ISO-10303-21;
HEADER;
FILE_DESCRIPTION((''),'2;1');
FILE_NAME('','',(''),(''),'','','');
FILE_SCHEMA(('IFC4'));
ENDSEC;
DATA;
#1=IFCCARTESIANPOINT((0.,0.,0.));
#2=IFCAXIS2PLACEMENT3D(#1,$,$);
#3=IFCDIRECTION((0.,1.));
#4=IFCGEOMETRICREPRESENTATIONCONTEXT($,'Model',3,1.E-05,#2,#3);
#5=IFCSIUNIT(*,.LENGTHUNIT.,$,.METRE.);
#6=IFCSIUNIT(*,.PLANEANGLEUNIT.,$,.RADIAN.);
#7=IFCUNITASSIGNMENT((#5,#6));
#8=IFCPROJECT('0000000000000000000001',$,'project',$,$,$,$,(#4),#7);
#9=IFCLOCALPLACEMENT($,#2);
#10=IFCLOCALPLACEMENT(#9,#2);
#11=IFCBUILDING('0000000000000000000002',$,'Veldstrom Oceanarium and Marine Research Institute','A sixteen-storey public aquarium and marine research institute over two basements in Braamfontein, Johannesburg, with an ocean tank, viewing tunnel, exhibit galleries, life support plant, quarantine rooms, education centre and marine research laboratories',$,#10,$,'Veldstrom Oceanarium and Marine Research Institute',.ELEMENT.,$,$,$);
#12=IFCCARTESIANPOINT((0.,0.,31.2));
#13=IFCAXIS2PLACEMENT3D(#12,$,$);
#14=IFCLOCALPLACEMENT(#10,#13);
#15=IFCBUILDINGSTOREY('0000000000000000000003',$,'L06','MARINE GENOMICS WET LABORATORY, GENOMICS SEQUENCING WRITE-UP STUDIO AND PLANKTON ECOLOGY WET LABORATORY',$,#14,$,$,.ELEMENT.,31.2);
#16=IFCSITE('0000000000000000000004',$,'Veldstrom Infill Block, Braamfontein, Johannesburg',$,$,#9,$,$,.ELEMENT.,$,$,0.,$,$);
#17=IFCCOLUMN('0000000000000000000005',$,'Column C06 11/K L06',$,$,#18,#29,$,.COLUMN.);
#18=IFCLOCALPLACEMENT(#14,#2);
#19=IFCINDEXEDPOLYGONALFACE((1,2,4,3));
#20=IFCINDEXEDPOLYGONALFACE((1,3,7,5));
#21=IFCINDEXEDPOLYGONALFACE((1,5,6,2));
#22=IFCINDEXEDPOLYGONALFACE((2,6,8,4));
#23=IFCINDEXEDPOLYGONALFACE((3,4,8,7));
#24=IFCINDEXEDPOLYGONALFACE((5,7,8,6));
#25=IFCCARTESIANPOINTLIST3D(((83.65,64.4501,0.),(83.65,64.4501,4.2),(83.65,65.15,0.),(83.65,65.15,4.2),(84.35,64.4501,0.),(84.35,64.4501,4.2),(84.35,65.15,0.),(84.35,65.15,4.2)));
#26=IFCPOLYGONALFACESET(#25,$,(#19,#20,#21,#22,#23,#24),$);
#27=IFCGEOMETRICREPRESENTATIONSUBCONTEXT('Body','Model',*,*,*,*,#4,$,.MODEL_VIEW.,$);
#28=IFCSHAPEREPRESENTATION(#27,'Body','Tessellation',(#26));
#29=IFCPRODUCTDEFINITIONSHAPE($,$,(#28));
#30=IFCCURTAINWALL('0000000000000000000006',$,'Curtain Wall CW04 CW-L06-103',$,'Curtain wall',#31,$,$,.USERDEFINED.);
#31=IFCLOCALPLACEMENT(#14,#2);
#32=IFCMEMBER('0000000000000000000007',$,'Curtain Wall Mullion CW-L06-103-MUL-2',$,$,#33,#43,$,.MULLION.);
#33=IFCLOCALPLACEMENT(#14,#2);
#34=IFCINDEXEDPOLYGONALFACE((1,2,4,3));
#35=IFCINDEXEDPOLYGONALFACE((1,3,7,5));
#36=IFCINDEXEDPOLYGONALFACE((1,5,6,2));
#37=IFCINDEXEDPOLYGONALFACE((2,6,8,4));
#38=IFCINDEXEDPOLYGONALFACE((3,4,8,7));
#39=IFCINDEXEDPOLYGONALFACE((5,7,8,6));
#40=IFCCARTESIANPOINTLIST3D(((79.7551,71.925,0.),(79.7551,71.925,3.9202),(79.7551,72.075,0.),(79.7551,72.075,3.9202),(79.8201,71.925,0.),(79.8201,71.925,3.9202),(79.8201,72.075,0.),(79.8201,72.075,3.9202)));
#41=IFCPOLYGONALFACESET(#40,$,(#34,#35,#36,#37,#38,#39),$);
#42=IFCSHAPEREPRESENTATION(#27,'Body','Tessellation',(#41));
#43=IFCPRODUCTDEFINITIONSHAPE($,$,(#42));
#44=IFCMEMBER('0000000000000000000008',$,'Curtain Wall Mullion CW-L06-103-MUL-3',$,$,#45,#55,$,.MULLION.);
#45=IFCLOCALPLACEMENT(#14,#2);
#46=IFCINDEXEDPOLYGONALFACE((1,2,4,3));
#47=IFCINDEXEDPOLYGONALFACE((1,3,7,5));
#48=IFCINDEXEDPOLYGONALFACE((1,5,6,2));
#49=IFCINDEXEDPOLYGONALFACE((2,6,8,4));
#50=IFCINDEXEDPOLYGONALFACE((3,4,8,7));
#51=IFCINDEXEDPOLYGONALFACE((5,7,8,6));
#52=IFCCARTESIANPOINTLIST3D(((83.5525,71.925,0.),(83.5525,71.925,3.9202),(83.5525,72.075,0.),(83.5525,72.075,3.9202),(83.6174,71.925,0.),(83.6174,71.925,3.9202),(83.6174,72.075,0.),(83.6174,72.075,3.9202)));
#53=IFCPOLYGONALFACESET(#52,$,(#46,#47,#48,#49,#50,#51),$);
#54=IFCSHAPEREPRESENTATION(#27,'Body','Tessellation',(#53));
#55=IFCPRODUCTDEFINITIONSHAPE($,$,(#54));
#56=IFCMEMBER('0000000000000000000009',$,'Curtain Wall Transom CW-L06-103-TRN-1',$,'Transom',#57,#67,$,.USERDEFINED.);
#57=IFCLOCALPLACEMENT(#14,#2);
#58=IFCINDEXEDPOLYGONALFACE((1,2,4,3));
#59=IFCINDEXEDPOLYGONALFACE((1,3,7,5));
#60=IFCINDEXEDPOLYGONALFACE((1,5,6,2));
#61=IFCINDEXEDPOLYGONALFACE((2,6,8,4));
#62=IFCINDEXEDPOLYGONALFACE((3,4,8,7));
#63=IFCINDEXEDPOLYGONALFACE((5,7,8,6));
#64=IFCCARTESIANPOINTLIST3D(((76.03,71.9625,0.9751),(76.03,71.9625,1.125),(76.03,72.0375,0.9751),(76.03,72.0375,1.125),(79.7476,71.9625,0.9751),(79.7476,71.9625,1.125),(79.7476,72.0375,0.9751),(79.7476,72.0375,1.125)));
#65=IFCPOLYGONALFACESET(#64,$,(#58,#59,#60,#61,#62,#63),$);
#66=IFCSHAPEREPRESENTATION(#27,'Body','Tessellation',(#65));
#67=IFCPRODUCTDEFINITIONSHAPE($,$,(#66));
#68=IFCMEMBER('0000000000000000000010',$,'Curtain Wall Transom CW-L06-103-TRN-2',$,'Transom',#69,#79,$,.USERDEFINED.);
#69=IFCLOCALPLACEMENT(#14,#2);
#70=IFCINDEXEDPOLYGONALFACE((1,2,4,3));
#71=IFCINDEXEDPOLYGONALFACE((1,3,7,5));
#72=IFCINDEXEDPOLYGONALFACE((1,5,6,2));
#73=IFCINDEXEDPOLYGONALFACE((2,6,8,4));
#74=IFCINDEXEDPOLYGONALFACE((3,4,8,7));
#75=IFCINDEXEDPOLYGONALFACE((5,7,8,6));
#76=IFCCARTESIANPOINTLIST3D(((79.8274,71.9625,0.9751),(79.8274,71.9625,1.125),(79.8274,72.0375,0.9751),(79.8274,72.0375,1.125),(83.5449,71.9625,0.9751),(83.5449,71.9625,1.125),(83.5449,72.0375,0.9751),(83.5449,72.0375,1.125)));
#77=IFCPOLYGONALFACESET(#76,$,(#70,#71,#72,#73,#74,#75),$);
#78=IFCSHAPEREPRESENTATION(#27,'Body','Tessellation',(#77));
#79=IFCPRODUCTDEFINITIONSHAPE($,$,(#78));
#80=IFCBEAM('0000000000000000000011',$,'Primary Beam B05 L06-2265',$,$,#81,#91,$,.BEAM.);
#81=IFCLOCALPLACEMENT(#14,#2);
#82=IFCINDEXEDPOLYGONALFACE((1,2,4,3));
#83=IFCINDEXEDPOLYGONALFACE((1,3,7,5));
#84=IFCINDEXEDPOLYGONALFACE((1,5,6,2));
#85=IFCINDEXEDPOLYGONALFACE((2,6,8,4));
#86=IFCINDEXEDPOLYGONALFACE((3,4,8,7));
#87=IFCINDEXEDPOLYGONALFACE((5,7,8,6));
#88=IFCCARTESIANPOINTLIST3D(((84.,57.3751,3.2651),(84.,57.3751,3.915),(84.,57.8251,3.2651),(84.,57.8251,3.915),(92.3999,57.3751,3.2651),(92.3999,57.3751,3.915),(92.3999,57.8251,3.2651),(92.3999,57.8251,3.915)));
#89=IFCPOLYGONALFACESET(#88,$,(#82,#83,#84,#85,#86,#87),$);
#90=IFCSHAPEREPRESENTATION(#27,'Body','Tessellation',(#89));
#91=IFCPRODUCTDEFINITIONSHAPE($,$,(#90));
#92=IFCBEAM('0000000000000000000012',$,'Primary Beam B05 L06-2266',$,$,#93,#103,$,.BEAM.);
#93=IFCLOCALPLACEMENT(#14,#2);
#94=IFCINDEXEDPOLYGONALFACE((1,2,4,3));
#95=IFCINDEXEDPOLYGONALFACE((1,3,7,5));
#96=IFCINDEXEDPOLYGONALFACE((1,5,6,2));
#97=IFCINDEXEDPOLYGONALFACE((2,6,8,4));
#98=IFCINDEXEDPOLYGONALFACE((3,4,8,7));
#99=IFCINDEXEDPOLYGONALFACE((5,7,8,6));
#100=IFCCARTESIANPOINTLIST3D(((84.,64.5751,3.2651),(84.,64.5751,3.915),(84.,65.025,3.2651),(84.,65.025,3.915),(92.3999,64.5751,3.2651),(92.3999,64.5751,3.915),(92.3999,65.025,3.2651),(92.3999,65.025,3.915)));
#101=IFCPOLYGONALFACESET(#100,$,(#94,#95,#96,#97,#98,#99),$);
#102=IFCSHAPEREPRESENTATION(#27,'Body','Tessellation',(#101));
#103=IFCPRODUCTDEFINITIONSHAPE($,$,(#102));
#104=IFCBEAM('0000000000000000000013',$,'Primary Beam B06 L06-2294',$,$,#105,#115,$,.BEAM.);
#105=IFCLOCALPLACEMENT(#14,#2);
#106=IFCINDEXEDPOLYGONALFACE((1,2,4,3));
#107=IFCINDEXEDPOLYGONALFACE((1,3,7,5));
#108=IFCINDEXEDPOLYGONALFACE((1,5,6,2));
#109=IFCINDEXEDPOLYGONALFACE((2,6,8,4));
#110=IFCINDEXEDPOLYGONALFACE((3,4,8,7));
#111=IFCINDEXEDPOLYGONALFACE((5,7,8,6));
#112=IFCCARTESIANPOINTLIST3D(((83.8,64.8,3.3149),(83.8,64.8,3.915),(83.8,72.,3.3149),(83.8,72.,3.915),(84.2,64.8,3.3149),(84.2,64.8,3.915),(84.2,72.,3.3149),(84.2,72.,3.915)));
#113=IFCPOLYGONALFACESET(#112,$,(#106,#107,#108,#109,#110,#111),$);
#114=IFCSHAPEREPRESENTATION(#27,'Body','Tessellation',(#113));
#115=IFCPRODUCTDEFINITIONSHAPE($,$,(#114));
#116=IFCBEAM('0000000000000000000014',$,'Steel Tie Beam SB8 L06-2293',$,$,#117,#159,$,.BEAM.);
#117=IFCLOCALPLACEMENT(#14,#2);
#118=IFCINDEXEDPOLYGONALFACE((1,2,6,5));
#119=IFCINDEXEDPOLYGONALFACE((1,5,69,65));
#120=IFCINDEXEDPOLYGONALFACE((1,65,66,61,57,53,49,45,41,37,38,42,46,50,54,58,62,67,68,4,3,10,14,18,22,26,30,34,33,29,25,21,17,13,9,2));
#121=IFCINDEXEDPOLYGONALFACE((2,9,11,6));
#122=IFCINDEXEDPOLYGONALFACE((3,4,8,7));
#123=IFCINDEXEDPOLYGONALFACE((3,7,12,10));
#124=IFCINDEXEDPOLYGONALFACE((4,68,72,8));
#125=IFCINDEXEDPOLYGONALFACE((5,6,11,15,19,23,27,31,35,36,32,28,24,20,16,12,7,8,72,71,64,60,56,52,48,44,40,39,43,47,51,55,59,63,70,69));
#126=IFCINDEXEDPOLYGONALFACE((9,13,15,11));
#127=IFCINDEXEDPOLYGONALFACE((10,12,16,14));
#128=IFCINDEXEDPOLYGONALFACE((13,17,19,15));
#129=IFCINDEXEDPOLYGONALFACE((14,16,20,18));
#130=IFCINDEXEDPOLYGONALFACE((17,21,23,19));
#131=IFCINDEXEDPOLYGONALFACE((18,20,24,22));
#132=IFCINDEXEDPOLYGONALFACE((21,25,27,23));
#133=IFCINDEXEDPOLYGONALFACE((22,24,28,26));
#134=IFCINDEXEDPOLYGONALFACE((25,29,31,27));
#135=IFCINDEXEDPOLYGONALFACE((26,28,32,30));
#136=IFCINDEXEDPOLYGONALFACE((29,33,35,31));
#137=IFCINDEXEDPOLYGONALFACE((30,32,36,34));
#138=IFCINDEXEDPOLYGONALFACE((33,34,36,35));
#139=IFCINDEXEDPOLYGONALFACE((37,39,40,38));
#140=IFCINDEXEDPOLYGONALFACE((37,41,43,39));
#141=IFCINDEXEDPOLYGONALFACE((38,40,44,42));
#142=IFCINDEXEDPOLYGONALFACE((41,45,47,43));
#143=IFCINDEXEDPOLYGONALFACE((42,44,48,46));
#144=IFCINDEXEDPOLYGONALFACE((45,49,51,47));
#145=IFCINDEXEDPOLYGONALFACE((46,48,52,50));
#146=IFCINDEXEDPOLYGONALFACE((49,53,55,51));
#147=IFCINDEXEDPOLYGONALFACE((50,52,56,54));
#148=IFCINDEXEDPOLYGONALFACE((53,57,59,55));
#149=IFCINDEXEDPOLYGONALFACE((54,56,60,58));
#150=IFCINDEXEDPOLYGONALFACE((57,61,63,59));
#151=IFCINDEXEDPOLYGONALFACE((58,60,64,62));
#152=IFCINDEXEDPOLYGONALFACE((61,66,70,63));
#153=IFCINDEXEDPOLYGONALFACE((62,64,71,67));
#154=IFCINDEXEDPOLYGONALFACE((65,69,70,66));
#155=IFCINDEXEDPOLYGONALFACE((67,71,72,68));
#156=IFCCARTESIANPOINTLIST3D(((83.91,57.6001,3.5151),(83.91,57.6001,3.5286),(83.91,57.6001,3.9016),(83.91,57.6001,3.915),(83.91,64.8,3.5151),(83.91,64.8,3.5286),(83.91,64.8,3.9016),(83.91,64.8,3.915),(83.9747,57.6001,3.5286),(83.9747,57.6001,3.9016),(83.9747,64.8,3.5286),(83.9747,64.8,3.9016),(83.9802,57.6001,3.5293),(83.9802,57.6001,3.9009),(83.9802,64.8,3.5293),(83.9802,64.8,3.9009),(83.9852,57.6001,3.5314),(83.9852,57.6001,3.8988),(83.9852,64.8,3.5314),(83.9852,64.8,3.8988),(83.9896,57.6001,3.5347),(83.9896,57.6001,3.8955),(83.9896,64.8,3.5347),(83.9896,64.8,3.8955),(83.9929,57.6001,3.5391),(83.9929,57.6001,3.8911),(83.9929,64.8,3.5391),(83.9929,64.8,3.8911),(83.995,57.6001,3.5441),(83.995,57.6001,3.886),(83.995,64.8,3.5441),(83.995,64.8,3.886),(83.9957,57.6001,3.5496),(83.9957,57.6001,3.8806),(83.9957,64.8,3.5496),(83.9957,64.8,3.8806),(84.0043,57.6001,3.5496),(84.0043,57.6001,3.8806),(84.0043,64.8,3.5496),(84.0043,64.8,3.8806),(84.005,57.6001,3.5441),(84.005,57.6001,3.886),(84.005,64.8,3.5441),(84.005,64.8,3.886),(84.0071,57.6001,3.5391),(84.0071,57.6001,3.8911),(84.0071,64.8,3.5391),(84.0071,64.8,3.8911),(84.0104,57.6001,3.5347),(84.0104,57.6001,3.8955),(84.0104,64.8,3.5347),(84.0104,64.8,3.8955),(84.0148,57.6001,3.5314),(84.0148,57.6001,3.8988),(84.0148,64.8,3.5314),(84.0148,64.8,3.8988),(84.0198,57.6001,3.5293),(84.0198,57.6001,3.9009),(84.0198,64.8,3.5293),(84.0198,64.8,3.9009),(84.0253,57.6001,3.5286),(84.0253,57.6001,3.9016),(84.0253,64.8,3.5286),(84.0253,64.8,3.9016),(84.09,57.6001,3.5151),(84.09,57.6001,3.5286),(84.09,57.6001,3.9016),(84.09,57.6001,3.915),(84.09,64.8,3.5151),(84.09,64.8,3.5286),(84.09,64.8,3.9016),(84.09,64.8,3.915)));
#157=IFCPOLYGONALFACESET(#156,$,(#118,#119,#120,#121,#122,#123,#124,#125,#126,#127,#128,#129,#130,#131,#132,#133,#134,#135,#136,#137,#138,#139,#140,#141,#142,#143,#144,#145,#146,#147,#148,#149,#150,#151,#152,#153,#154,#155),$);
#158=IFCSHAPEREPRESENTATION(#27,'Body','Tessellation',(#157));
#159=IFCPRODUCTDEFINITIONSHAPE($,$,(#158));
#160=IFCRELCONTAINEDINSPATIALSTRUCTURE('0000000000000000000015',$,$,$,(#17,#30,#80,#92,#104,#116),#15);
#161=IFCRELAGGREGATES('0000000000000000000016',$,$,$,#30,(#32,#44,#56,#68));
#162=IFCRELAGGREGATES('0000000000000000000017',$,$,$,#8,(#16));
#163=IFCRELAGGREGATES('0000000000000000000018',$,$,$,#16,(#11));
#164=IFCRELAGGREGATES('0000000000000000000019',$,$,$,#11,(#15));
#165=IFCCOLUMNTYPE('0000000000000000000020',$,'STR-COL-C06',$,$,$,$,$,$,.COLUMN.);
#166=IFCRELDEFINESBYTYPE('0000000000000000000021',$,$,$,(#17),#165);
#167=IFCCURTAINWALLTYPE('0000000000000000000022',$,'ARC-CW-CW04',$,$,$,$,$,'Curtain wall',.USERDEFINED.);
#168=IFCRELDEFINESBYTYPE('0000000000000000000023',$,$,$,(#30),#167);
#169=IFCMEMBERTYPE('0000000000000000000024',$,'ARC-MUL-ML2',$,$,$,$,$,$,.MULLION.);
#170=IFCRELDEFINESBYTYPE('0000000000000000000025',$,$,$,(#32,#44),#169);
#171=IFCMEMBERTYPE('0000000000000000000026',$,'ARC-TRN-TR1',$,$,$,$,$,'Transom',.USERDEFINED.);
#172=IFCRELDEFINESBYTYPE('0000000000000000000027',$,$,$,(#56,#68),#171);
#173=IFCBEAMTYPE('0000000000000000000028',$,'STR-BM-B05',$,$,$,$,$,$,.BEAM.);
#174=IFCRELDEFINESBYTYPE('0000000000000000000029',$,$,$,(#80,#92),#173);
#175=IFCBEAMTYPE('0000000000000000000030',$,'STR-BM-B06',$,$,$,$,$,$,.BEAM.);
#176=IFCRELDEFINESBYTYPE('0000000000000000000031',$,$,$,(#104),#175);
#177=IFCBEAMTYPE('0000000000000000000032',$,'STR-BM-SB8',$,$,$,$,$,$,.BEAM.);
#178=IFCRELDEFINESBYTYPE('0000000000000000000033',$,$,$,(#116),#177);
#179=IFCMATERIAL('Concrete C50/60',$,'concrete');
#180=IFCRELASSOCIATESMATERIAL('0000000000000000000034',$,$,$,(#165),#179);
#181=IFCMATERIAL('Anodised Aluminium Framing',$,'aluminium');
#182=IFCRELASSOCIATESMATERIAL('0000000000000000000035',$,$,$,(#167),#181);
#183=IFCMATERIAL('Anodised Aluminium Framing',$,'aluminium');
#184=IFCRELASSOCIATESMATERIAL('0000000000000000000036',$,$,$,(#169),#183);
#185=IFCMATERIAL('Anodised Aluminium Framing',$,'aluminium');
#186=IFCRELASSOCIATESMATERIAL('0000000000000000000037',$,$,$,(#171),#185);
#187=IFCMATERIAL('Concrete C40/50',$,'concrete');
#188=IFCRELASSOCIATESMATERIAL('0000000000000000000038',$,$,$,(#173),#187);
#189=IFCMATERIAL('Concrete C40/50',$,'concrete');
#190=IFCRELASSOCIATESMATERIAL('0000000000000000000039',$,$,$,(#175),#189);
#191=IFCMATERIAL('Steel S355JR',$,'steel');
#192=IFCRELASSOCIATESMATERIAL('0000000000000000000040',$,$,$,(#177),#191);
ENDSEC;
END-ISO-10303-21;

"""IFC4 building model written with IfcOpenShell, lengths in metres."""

from ifc_helpers import new_model, si_unit, direction, frame, origin, origin_2d, place, context, subcontext, project, spatial, rectangle, i_section, extrude, material, material_profile, profile_set, type_object, element, aggregate, save


model = new_model("IFC4")

# Units and contexts
model_context = context("Model", 3, precision=1e-05, world=origin(), true_north=direction((0.0, 1.0)))
body_context = subcontext(model_context, "Body", "Model", "MODEL_VIEW")
ifc_project = project(units=[si_unit("LENGTHUNIT", "METRE"), si_unit("PLANEANGLEUNIT", "RADIAN")], contexts=[model_context])

# Site, building, storey
site_placement = place(None, origin())
site = spatial("IfcSite", under=ifc_project, at=site_placement, Name="Veldstrom Infill Block, Braamfontein, Johannesburg", CompositionType="ELEMENT", RefElevation=0.0)
building_placement = place(site_placement, origin())
building = spatial("IfcBuilding", under=site, at=building_placement, Name="Veldstrom Oceanarium and Marine Research Institute", Description="A sixteen-storey public aquarium and marine research institute over two basements in Braamfontein, Johannesburg, with an ocean tank, viewing tunnel, exhibit galleries, life support plant, quarantine rooms, education centre and marine research laboratories", LongName="Veldstrom Oceanarium and Marine Research Institute", CompositionType="ELEMENT")
storey_placement = place(building_placement, frame((0.0, 0.0, 31.2)))
storey = spatial("IfcBuildingStorey", under=building, at=storey_placement, Name="L06", Description="MARINE GENOMICS WET LABORATORY, GENOMICS SEQUENCING WRITE-UP STUDIO AND PLANKTON ECOLOGY WET LABORATORY", CompositionType="ELEMENT", Elevation=31.2)

# Column
ifc_material_1 = material(Name="Concrete C50/60", Category="concrete")
ifc_material_profile_1 = material_profile(ifc_material_1, rectangle(XDim=0.7, YDim=0.7, at=origin_2d()), Name="RC-COL-700x700")
ifc_profile_set_1 = profile_set([ifc_material_profile_1], Name="Concrete C50/60")
column_type = type_object("IfcColumnType", Name="STR-COL-C06", PredefinedType="COLUMN", material=ifc_profile_set_1)
column_placement = place(storey_placement, frame((84.0, 64.8, 0.0), z_axis=(0.0, 0.0, 1.0), x_axis=(1.0, 0.0, 0.0)))
element("IfcColumn", 1, at=column_placement, inside=storey, type_object=column_type, Name="Column C06 11/K L06", PredefinedType="COLUMN", context=body_context, shape_type="SweptSolid", body=[
    extrude(rectangle(XDim=0.7, YDim=0.7, at=origin_2d()), origin(), (0.0, 0.0, 1.0), 4.2),
])

# Curtain wall, members
ifc_material_2 = material(Name="Anodised Aluminium Framing", Category="aluminium")
curtain_wall_type = type_object("IfcCurtainWallType", Name="ARC-CW-CW04", ElementType="Curtain wall", PredefinedType="USERDEFINED", material=ifc_material_2)
curtain_wall_placement = place(storey_placement, origin())
curtain_wall = element("IfcCurtainWall", 2, at=curtain_wall_placement, inside=storey, type_object=curtain_wall_type, Name="Curtain Wall CW04 CW-L06-103", ObjectType="Curtain wall", PredefinedType="USERDEFINED")
ifc_material_3 = material(Name="Anodised Aluminium Framing", Category="aluminium")
ifc_material_profile_2 = material_profile(ifc_material_3, rectangle(XDim=0.0649, YDim=0.1499, at=origin_2d()), Name="ALU-MUL-65x150")
ifc_profile_set_2 = profile_set([ifc_material_profile_2], Name="Anodised Aluminium Framing")
member_type_1 = type_object("IfcMemberType", Name="ARC-MUL-ML2", PredefinedType="MULLION", material=ifc_profile_set_2)
member_1_placement = place(storey_placement, frame((79.7876, 72.0, 0.0), z_axis=(0.0, 0.0, 1.0), x_axis=(1.0, 0.0, 0.0)))
member_1 = element("IfcMember", 3, at=member_1_placement, type_object=member_type_1, Name="Curtain Wall Mullion CW-L06-103-MUL-2", PredefinedType="MULLION", context=body_context, shape_type="SweptSolid", body=[
    extrude(rectangle(XDim=0.0649, YDim=0.1499, at=origin_2d()), origin(), (0.0, 0.0, 1.0), 3.9202),
])
member_2_placement = place(storey_placement, frame((83.585, 72.0, 0.0), z_axis=(0.0, 0.0, 1.0), x_axis=(1.0, 0.0, 0.0)))
member_2 = element("IfcMember", 4, at=member_2_placement, type_object=member_type_1, Name="Curtain Wall Mullion CW-L06-103-MUL-3", PredefinedType="MULLION", context=body_context, shape_type="SweptSolid", body=[
    extrude(rectangle(XDim=0.0649, YDim=0.1499, at=origin_2d()), origin(), (0.0, 0.0, 1.0), 3.9202),
])
ifc_material_4 = material(Name="Anodised Aluminium Framing", Category="aluminium")
ifc_material_profile_3 = material_profile(ifc_material_4, rectangle(XDim=0.075, YDim=0.1499, at=origin_2d()), Name="ALU-TRN-75x150")
ifc_profile_set_3 = profile_set([ifc_material_profile_3], Name="Anodised Aluminium Framing")
member_type_2 = type_object("IfcMemberType", Name="ARC-TRN-TR1", ElementType="Transom", PredefinedType="USERDEFINED", material=ifc_profile_set_3)
member_3_placement = place(storey_placement, frame((76.03, 72.0, 1.05), z_axis=(1.0, 0.0, 0.0), x_axis=(0.0, 1.0, 0.0)))
member_3 = element("IfcMember", 5, at=member_3_placement, type_object=member_type_2, Name="Curtain Wall Transom CW-L06-103-TRN-1", ObjectType="Transom", PredefinedType="USERDEFINED", context=body_context, shape_type="SweptSolid", body=[
    extrude(rectangle(XDim=0.075, YDim=0.1499, at=origin_2d()), origin(), (0.0, 0.0, 1.0), 3.7175),
])
member_4_placement = place(storey_placement, frame((79.8274, 72.0, 1.05), z_axis=(1.0, 0.0, 0.0), x_axis=(0.0, 1.0, 0.0)))
member_4 = element("IfcMember", 6, at=member_4_placement, type_object=member_type_2, Name="Curtain Wall Transom CW-L06-103-TRN-2", ObjectType="Transom", PredefinedType="USERDEFINED", context=body_context, shape_type="SweptSolid", body=[
    extrude(rectangle(XDim=0.075, YDim=0.1499, at=origin_2d()), origin(), (0.0, 0.0, 1.0), 3.7175),
])

# Beams
ifc_material_5 = material(Name="Concrete C40/50", Category="concrete")
ifc_material_profile_4 = material_profile(ifc_material_5, rectangle(XDim=0.45, YDim=0.6499, at=origin_2d()), Name="RC-BM-450x650")
ifc_profile_set_4 = profile_set([ifc_material_profile_4], Name="Concrete C40/50")
beam_type_1 = type_object("IfcBeamType", Name="STR-BM-B05", PredefinedType="BEAM", material=ifc_profile_set_4)
for number, where, z_axis, x_axis, name in (
    (7, (84.0, 57.6001, 3.5901), (1.0, 0.0, 0.0), (0.0, 1.0, 0.0), "Primary Beam B05 L06-2265"),
    (8, (84.0, 64.8, 3.5901), (1.0, 0.0, 0.0), (0.0, 1.0, 0.0), "Primary Beam B05 L06-2266"),
):
    element("IfcBeam", number, at=place(storey_placement, frame(where, z_axis=z_axis, x_axis=x_axis)), inside=storey, type_object=beam_type_1, Name=name, PredefinedType="BEAM", context=body_context, shape_type="SweptSolid", body=[
        extrude(rectangle(XDim=0.45, YDim=0.6499, at=origin_2d()), origin(), (0.0, 0.0, 1.0), 8.3999),
    ])
ifc_material_6 = material(Name="Concrete C40/50", Category="concrete")
ifc_material_profile_5 = material_profile(ifc_material_6, rectangle(XDim=0.3999, YDim=0.6001, at=origin_2d()), Name="RC-BM-400x600")
ifc_profile_set_5 = profile_set([ifc_material_profile_5], Name="Concrete C40/50")
beam_type_2 = type_object("IfcBeamType", Name="STR-BM-B06", PredefinedType="BEAM", material=ifc_profile_set_5)
beam_1_placement = place(storey_placement, frame((84.0, 64.8, 3.615), z_axis=(0.0, 1.0, 0.0), x_axis=(-1.0, 0.0, 0.0)))
element("IfcBeam", 9, at=beam_1_placement, inside=storey, type_object=beam_type_2, Name="Primary Beam B06 L06-2294", PredefinedType="BEAM", context=body_context, shape_type="SweptSolid", body=[
    extrude(rectangle(XDim=0.3999, YDim=0.6001, at=origin_2d()), origin(), (0.0, 0.0, 1.0), 7.2),
])
ifc_material_7 = material(Name="Steel S355JR", Category="steel")
ifc_material_profile_6 = material_profile(ifc_material_7, i_section(OverallWidth=0.1799, OverallDepth=0.3999, WebThickness=0.0085, FlangeThickness=0.0134, FilletRadius=0.021, at=origin_2d()), Name="IPE 400")
ifc_profile_set_6 = profile_set([ifc_material_profile_6], Name="Steel S355JR")
beam_type_3 = type_object("IfcBeamType", Name="STR-BM-SB8", PredefinedType="BEAM", material=ifc_profile_set_6)
beam_2_placement = place(storey_placement, frame((84.0, 57.6001, 3.7151), z_axis=(0.0, 1.0, 0.0), x_axis=(-1.0, 0.0, 0.0)))
element("IfcBeam", 10, at=beam_2_placement, inside=storey, type_object=beam_type_3, Name="Steel Tie Beam SB8 L06-2293", PredefinedType="BEAM", context=body_context, shape_type="SweptSolid", body=[
    extrude(i_section(OverallWidth=0.1799, OverallDepth=0.3999, WebThickness=0.0085, FlangeThickness=0.0134, FilletRadius=0.021, at=origin_2d()), origin(), (0.0, 0.0, 1.0), 7.2),
])

aggregate(curtain_wall, [member_1, member_2, member_3, member_4])

save(model, "model.ifc")
